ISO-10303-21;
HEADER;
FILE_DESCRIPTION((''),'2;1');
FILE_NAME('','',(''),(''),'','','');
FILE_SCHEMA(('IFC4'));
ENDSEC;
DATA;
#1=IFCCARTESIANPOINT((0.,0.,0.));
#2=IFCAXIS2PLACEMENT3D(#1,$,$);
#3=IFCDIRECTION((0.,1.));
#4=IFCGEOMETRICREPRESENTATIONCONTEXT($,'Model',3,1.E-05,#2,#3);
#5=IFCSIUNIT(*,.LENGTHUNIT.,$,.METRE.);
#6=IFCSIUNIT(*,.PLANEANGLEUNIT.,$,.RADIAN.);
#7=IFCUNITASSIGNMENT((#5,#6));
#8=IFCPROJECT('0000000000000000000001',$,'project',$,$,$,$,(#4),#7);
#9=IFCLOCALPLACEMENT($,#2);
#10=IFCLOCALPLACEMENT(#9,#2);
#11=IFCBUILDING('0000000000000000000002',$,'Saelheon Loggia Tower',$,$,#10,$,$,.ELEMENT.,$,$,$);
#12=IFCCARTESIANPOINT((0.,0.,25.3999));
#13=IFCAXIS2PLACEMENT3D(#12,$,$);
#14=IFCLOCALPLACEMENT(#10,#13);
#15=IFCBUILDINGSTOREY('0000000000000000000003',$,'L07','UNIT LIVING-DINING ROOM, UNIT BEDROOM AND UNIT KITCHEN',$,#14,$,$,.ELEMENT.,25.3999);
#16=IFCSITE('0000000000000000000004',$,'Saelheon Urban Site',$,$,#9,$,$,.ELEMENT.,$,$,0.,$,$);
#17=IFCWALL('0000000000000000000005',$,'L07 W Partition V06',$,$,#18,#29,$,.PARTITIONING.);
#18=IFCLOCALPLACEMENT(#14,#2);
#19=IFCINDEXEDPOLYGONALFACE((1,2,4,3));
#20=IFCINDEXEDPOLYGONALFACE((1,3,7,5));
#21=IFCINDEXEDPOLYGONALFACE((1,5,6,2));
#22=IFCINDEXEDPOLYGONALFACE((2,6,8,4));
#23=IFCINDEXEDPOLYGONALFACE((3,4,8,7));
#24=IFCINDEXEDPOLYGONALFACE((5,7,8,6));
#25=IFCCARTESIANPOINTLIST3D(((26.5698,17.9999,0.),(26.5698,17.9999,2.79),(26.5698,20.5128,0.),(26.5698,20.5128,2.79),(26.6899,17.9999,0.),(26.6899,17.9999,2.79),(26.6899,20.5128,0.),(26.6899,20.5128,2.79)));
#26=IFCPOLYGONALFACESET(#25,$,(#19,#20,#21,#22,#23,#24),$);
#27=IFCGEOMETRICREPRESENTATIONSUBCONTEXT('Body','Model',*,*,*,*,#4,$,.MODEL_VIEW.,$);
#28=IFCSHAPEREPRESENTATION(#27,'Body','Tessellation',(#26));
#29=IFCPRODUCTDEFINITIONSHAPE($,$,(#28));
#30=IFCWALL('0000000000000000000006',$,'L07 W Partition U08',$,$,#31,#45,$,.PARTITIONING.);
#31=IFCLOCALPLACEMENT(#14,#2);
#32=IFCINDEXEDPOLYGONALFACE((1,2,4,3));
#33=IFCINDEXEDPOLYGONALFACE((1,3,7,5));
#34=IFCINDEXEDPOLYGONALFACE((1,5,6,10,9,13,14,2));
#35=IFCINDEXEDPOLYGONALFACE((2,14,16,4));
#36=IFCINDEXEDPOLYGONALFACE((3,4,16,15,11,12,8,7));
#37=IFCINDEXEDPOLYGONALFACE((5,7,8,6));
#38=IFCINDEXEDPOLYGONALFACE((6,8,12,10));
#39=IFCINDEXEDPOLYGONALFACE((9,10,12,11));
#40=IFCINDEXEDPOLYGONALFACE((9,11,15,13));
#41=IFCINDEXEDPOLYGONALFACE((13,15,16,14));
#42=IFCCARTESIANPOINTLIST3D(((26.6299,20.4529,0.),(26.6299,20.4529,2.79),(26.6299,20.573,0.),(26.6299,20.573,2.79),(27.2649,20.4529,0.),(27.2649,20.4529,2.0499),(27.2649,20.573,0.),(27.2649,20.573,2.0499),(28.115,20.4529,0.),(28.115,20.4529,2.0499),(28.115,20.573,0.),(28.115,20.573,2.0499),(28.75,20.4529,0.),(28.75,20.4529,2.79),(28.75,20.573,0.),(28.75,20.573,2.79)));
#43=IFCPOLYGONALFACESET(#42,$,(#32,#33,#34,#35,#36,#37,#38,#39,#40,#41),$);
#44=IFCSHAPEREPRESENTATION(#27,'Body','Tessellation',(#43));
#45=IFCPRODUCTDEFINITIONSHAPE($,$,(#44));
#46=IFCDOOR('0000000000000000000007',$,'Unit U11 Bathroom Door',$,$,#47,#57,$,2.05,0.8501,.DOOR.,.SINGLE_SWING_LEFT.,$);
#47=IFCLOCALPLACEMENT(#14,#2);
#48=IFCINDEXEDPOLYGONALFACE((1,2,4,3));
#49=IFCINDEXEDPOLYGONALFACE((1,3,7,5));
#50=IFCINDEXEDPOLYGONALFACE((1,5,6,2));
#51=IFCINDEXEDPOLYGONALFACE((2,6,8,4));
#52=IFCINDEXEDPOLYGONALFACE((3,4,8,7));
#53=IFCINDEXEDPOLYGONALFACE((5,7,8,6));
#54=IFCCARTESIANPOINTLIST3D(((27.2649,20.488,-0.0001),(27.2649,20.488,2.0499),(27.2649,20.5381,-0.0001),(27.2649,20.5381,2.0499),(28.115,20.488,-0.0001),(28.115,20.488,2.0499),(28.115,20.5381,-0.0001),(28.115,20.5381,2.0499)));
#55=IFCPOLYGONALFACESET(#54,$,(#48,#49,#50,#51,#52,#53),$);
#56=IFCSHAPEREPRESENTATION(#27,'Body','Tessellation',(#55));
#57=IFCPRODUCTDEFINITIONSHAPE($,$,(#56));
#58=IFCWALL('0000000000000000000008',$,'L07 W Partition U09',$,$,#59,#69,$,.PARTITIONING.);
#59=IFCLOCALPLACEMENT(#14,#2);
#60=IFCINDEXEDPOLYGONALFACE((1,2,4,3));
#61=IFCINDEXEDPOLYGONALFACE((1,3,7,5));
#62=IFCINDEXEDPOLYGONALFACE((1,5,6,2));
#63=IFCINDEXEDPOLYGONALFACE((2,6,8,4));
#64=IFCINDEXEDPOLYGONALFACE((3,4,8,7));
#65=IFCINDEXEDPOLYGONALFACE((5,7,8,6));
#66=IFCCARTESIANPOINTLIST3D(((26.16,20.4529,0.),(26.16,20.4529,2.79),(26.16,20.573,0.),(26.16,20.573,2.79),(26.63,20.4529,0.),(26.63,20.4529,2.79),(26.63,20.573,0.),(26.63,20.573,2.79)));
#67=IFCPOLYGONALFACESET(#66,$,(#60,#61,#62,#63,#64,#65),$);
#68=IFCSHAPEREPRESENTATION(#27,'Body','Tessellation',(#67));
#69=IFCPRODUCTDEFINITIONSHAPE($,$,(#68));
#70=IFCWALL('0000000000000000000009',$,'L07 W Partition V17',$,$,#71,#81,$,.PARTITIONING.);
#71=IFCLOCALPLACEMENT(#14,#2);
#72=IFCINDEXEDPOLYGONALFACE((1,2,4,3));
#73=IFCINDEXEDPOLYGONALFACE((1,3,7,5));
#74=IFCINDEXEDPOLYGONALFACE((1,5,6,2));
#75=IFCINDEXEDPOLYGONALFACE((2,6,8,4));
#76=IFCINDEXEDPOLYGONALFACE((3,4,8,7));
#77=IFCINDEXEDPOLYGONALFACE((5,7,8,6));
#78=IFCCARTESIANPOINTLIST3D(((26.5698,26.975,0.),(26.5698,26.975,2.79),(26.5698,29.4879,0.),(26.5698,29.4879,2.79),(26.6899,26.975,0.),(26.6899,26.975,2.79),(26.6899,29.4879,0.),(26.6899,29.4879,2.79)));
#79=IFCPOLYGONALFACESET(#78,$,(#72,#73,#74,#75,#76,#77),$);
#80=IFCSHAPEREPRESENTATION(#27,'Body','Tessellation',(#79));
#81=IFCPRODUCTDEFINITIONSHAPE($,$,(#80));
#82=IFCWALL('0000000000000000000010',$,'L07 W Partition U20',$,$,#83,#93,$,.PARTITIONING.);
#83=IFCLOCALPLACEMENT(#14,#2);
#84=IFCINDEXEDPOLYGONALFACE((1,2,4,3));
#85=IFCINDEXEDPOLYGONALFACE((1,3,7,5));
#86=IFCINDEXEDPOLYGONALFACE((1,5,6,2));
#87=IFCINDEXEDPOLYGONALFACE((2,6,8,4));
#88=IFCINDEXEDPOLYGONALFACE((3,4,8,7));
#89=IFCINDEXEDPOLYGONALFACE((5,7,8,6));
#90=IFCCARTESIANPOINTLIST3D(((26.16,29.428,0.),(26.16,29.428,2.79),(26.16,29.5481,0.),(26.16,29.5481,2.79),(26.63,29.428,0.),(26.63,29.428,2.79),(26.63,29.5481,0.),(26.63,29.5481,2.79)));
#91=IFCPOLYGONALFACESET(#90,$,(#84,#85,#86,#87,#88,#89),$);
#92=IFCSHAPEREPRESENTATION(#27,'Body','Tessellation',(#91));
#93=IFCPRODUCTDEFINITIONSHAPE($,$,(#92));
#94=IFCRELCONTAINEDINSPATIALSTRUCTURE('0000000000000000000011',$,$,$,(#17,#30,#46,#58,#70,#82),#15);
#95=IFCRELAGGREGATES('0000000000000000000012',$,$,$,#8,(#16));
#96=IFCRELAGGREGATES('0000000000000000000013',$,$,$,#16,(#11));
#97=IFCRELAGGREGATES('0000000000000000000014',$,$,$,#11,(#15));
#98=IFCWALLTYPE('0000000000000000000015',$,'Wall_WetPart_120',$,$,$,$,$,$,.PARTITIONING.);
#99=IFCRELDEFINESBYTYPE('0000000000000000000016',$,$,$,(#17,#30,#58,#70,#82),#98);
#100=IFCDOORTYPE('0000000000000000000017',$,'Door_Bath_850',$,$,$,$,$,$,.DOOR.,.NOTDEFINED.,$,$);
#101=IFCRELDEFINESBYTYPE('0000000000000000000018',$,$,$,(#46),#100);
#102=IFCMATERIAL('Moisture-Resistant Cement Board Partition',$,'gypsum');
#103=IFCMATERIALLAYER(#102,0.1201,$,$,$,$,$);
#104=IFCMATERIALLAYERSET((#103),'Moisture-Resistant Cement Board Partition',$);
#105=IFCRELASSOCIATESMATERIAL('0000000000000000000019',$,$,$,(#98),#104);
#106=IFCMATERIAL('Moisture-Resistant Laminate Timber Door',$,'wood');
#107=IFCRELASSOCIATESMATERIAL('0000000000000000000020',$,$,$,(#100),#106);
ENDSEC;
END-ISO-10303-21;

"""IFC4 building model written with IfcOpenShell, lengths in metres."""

from ifc_helpers import new_model, si_unit, direction, frame, frame_2d, origin, place, context, subcontext, project, spatial, rectangle, extrude, source, transform, mapped, material, layer, layer_set, type_object, element, fill, save


model = new_model("IFC4")

# Units and contexts
model_context = context("Model", 3, precision=1e-05, world=origin(), true_north=direction((0.0, 1.0)))
body_context = subcontext(model_context, "Body", "Model", "MODEL_VIEW")
ifc_project = project(units=[si_unit("LENGTHUNIT", "METRE"), si_unit("PLANEANGLEUNIT", "RADIAN")], contexts=[model_context])

# Site, building, storey
site_placement = place(None, origin())
site = spatial("IfcSite", under=ifc_project, at=site_placement, Name="Saelheon Urban Site", CompositionType="ELEMENT", RefElevation=0.0)
building_placement = place(site_placement, origin())
building = spatial("IfcBuilding", under=site, at=building_placement, Name="Saelheon Loggia Tower", CompositionType="ELEMENT")
storey_placement = place(building_placement, frame((0.0, 0.0, 25.3999)))
storey = spatial("IfcBuildingStorey", under=building, at=storey_placement, Name="L07", Description="UNIT LIVING-DINING ROOM, UNIT BEDROOM AND UNIT KITCHEN", CompositionType="ELEMENT", Elevation=25.3999)

# Shared definitions
ifc_material_1 = material(Name="Moisture-Resistant Cement Board Partition", Category="gypsum")
ifc_layer_1 = layer(ifc_material_1, 0.1201)
ifc_layer_set_1 = layer_set([ifc_layer_1], Name="Moisture-Resistant Cement Board Partition")
wall_type_1 = type_object("IfcWallType", Name="Wall_WetPart_120", PredefinedType="PARTITIONING", material=ifc_layer_set_1)

# Wall
wall_1_placement = place(storey_placement, frame((26.6299, 18.0, 0.0), z_axis=(0.0, 0.0, 1.0), x_axis=(0.0, 1.0, 0.0)))
element("IfcWall", 1, at=wall_1_placement, inside=storey, type_object=wall_type_1, Name="L07 W Partition V06", PredefinedType="PARTITIONING", context=body_context, shape_type="SweptSolid", body=[
    extrude(rectangle(XDim=2.5129, YDim=0.1201, at=frame_2d((1.2563, 0.0))), origin(), (0.0, 0.0, 1.0), 2.79),
])

# Wall, opening, door
wall_2_placement = place(storey_placement, frame((28.75, 20.5129, 0.0), z_axis=(0.0, 0.0, 1.0), x_axis=(-1.0, 0.0, 0.0)))
wall_2 = element("IfcWall", 2, at=wall_2_placement, inside=storey, type_object=wall_type_1, Name="L07 W Partition U08", PredefinedType="PARTITIONING", context=body_context, shape_type="SweptSolid", body=[
    extrude(rectangle(XDim=2.1201, YDim=0.1201, at=frame_2d((1.0601, 0.0))), origin(), (0.0, 0.0, 1.0), 2.79),
])
opening_1_placement = place(wall_2_placement, frame((0.635, 0.0, 0.0)))
opening_1 = element("IfcOpeningElement", 3, at=opening_1_placement, cuts=wall_2, PredefinedType="OPENING", context=body_context, shape_type="SweptSolid", body=[
    extrude(rectangle(XDim=0.8501, YDim=2.05, at=frame_2d((0.425, 1.0249))), frame((0.0, 0.072, 0.0), z_axis=(0.0, -1.0, 0.0), x_axis=(1.0, 0.0, 0.0)), (0.0, 0.0, 1.0), 0.144),
])
ifc_material_2 = material(Name="Moisture-Resistant Laminate Timber Door", Category="wood")
door_type_1 = type_object("IfcDoorType", Name="Door_Bath_850", OperationType="NOTDEFINED", PredefinedType="DOOR", material=ifc_material_2)
shared_shape_1 = source(origin(), body_context, "Body", "SweptSolid", [
    extrude(rectangle(XDim=0.8501, YDim=2.05, at=frame_2d((0.425, 1.0249))), frame((0.0, 0.0249, 0.0), z_axis=(0.0, -1.0, 0.0), x_axis=(1.0, 0.0, 0.0)), (0.0, 0.0, 1.0), 0.05),
])
door_1_placement = place(opening_1_placement, origin())
door_1 = element("IfcDoor", 4, at=door_1_placement, inside=storey, type_object=door_type_1, Name="Unit U11 Bathroom Door", OperationType="SINGLE_SWING_LEFT", OverallHeight=2.05, OverallWidth=0.8501, PredefinedType="DOOR", context=body_context, shape_type="MappedRepresentation", body=[
    mapped(shared_shape_1, transform((0.0, 0.0, 0.0), scale=1.0)),
])
fill(opening_1, door_1)

# Walls
wall_3_placement = place(storey_placement, frame((26.6299, 20.5129, 0.0), z_axis=(0.0, 0.0, 1.0), x_axis=(-1.0, 0.0, 0.0)))
element("IfcWall", 5, at=wall_3_placement, inside=storey, type_object=wall_type_1, Name="L07 W Partition U09", PredefinedType="PARTITIONING", context=body_context, shape_type="SweptSolid", body=[
    extrude(rectangle(XDim=0.47, YDim=0.1201, at=frame_2d((0.2349, 0.0))), origin(), (0.0, 0.0, 1.0), 2.79),
])
wall_4_placement = place(storey_placement, frame((26.6299, 26.9751, 0.0), z_axis=(0.0, 0.0, 1.0), x_axis=(0.0, 1.0, 0.0)))
element("IfcWall", 6, at=wall_4_placement, inside=storey, type_object=wall_type_1, Name="L07 W Partition V17", PredefinedType="PARTITIONING", context=body_context, shape_type="SweptSolid", body=[
    extrude(rectangle(XDim=2.5129, YDim=0.1201, at=frame_2d((1.2563, 0.0))), origin(), (0.0, 0.0, 1.0), 2.79),
])
wall_5_placement = place(storey_placement, frame((26.6299, 29.488, 0.0), z_axis=(0.0, 0.0, 1.0), x_axis=(-1.0, 0.0, 0.0)))
element("IfcWall", 7, at=wall_5_placement, inside=storey, type_object=wall_type_1, Name="L07 W Partition U20", PredefinedType="PARTITIONING", context=body_context, shape_type="SweptSolid", body=[
    extrude(rectangle(XDim=0.47, YDim=0.1201, at=frame_2d((0.2349, 0.0))), origin(), (0.0, 0.0, 1.0), 2.79),
])

save(model, "model.ifc")
